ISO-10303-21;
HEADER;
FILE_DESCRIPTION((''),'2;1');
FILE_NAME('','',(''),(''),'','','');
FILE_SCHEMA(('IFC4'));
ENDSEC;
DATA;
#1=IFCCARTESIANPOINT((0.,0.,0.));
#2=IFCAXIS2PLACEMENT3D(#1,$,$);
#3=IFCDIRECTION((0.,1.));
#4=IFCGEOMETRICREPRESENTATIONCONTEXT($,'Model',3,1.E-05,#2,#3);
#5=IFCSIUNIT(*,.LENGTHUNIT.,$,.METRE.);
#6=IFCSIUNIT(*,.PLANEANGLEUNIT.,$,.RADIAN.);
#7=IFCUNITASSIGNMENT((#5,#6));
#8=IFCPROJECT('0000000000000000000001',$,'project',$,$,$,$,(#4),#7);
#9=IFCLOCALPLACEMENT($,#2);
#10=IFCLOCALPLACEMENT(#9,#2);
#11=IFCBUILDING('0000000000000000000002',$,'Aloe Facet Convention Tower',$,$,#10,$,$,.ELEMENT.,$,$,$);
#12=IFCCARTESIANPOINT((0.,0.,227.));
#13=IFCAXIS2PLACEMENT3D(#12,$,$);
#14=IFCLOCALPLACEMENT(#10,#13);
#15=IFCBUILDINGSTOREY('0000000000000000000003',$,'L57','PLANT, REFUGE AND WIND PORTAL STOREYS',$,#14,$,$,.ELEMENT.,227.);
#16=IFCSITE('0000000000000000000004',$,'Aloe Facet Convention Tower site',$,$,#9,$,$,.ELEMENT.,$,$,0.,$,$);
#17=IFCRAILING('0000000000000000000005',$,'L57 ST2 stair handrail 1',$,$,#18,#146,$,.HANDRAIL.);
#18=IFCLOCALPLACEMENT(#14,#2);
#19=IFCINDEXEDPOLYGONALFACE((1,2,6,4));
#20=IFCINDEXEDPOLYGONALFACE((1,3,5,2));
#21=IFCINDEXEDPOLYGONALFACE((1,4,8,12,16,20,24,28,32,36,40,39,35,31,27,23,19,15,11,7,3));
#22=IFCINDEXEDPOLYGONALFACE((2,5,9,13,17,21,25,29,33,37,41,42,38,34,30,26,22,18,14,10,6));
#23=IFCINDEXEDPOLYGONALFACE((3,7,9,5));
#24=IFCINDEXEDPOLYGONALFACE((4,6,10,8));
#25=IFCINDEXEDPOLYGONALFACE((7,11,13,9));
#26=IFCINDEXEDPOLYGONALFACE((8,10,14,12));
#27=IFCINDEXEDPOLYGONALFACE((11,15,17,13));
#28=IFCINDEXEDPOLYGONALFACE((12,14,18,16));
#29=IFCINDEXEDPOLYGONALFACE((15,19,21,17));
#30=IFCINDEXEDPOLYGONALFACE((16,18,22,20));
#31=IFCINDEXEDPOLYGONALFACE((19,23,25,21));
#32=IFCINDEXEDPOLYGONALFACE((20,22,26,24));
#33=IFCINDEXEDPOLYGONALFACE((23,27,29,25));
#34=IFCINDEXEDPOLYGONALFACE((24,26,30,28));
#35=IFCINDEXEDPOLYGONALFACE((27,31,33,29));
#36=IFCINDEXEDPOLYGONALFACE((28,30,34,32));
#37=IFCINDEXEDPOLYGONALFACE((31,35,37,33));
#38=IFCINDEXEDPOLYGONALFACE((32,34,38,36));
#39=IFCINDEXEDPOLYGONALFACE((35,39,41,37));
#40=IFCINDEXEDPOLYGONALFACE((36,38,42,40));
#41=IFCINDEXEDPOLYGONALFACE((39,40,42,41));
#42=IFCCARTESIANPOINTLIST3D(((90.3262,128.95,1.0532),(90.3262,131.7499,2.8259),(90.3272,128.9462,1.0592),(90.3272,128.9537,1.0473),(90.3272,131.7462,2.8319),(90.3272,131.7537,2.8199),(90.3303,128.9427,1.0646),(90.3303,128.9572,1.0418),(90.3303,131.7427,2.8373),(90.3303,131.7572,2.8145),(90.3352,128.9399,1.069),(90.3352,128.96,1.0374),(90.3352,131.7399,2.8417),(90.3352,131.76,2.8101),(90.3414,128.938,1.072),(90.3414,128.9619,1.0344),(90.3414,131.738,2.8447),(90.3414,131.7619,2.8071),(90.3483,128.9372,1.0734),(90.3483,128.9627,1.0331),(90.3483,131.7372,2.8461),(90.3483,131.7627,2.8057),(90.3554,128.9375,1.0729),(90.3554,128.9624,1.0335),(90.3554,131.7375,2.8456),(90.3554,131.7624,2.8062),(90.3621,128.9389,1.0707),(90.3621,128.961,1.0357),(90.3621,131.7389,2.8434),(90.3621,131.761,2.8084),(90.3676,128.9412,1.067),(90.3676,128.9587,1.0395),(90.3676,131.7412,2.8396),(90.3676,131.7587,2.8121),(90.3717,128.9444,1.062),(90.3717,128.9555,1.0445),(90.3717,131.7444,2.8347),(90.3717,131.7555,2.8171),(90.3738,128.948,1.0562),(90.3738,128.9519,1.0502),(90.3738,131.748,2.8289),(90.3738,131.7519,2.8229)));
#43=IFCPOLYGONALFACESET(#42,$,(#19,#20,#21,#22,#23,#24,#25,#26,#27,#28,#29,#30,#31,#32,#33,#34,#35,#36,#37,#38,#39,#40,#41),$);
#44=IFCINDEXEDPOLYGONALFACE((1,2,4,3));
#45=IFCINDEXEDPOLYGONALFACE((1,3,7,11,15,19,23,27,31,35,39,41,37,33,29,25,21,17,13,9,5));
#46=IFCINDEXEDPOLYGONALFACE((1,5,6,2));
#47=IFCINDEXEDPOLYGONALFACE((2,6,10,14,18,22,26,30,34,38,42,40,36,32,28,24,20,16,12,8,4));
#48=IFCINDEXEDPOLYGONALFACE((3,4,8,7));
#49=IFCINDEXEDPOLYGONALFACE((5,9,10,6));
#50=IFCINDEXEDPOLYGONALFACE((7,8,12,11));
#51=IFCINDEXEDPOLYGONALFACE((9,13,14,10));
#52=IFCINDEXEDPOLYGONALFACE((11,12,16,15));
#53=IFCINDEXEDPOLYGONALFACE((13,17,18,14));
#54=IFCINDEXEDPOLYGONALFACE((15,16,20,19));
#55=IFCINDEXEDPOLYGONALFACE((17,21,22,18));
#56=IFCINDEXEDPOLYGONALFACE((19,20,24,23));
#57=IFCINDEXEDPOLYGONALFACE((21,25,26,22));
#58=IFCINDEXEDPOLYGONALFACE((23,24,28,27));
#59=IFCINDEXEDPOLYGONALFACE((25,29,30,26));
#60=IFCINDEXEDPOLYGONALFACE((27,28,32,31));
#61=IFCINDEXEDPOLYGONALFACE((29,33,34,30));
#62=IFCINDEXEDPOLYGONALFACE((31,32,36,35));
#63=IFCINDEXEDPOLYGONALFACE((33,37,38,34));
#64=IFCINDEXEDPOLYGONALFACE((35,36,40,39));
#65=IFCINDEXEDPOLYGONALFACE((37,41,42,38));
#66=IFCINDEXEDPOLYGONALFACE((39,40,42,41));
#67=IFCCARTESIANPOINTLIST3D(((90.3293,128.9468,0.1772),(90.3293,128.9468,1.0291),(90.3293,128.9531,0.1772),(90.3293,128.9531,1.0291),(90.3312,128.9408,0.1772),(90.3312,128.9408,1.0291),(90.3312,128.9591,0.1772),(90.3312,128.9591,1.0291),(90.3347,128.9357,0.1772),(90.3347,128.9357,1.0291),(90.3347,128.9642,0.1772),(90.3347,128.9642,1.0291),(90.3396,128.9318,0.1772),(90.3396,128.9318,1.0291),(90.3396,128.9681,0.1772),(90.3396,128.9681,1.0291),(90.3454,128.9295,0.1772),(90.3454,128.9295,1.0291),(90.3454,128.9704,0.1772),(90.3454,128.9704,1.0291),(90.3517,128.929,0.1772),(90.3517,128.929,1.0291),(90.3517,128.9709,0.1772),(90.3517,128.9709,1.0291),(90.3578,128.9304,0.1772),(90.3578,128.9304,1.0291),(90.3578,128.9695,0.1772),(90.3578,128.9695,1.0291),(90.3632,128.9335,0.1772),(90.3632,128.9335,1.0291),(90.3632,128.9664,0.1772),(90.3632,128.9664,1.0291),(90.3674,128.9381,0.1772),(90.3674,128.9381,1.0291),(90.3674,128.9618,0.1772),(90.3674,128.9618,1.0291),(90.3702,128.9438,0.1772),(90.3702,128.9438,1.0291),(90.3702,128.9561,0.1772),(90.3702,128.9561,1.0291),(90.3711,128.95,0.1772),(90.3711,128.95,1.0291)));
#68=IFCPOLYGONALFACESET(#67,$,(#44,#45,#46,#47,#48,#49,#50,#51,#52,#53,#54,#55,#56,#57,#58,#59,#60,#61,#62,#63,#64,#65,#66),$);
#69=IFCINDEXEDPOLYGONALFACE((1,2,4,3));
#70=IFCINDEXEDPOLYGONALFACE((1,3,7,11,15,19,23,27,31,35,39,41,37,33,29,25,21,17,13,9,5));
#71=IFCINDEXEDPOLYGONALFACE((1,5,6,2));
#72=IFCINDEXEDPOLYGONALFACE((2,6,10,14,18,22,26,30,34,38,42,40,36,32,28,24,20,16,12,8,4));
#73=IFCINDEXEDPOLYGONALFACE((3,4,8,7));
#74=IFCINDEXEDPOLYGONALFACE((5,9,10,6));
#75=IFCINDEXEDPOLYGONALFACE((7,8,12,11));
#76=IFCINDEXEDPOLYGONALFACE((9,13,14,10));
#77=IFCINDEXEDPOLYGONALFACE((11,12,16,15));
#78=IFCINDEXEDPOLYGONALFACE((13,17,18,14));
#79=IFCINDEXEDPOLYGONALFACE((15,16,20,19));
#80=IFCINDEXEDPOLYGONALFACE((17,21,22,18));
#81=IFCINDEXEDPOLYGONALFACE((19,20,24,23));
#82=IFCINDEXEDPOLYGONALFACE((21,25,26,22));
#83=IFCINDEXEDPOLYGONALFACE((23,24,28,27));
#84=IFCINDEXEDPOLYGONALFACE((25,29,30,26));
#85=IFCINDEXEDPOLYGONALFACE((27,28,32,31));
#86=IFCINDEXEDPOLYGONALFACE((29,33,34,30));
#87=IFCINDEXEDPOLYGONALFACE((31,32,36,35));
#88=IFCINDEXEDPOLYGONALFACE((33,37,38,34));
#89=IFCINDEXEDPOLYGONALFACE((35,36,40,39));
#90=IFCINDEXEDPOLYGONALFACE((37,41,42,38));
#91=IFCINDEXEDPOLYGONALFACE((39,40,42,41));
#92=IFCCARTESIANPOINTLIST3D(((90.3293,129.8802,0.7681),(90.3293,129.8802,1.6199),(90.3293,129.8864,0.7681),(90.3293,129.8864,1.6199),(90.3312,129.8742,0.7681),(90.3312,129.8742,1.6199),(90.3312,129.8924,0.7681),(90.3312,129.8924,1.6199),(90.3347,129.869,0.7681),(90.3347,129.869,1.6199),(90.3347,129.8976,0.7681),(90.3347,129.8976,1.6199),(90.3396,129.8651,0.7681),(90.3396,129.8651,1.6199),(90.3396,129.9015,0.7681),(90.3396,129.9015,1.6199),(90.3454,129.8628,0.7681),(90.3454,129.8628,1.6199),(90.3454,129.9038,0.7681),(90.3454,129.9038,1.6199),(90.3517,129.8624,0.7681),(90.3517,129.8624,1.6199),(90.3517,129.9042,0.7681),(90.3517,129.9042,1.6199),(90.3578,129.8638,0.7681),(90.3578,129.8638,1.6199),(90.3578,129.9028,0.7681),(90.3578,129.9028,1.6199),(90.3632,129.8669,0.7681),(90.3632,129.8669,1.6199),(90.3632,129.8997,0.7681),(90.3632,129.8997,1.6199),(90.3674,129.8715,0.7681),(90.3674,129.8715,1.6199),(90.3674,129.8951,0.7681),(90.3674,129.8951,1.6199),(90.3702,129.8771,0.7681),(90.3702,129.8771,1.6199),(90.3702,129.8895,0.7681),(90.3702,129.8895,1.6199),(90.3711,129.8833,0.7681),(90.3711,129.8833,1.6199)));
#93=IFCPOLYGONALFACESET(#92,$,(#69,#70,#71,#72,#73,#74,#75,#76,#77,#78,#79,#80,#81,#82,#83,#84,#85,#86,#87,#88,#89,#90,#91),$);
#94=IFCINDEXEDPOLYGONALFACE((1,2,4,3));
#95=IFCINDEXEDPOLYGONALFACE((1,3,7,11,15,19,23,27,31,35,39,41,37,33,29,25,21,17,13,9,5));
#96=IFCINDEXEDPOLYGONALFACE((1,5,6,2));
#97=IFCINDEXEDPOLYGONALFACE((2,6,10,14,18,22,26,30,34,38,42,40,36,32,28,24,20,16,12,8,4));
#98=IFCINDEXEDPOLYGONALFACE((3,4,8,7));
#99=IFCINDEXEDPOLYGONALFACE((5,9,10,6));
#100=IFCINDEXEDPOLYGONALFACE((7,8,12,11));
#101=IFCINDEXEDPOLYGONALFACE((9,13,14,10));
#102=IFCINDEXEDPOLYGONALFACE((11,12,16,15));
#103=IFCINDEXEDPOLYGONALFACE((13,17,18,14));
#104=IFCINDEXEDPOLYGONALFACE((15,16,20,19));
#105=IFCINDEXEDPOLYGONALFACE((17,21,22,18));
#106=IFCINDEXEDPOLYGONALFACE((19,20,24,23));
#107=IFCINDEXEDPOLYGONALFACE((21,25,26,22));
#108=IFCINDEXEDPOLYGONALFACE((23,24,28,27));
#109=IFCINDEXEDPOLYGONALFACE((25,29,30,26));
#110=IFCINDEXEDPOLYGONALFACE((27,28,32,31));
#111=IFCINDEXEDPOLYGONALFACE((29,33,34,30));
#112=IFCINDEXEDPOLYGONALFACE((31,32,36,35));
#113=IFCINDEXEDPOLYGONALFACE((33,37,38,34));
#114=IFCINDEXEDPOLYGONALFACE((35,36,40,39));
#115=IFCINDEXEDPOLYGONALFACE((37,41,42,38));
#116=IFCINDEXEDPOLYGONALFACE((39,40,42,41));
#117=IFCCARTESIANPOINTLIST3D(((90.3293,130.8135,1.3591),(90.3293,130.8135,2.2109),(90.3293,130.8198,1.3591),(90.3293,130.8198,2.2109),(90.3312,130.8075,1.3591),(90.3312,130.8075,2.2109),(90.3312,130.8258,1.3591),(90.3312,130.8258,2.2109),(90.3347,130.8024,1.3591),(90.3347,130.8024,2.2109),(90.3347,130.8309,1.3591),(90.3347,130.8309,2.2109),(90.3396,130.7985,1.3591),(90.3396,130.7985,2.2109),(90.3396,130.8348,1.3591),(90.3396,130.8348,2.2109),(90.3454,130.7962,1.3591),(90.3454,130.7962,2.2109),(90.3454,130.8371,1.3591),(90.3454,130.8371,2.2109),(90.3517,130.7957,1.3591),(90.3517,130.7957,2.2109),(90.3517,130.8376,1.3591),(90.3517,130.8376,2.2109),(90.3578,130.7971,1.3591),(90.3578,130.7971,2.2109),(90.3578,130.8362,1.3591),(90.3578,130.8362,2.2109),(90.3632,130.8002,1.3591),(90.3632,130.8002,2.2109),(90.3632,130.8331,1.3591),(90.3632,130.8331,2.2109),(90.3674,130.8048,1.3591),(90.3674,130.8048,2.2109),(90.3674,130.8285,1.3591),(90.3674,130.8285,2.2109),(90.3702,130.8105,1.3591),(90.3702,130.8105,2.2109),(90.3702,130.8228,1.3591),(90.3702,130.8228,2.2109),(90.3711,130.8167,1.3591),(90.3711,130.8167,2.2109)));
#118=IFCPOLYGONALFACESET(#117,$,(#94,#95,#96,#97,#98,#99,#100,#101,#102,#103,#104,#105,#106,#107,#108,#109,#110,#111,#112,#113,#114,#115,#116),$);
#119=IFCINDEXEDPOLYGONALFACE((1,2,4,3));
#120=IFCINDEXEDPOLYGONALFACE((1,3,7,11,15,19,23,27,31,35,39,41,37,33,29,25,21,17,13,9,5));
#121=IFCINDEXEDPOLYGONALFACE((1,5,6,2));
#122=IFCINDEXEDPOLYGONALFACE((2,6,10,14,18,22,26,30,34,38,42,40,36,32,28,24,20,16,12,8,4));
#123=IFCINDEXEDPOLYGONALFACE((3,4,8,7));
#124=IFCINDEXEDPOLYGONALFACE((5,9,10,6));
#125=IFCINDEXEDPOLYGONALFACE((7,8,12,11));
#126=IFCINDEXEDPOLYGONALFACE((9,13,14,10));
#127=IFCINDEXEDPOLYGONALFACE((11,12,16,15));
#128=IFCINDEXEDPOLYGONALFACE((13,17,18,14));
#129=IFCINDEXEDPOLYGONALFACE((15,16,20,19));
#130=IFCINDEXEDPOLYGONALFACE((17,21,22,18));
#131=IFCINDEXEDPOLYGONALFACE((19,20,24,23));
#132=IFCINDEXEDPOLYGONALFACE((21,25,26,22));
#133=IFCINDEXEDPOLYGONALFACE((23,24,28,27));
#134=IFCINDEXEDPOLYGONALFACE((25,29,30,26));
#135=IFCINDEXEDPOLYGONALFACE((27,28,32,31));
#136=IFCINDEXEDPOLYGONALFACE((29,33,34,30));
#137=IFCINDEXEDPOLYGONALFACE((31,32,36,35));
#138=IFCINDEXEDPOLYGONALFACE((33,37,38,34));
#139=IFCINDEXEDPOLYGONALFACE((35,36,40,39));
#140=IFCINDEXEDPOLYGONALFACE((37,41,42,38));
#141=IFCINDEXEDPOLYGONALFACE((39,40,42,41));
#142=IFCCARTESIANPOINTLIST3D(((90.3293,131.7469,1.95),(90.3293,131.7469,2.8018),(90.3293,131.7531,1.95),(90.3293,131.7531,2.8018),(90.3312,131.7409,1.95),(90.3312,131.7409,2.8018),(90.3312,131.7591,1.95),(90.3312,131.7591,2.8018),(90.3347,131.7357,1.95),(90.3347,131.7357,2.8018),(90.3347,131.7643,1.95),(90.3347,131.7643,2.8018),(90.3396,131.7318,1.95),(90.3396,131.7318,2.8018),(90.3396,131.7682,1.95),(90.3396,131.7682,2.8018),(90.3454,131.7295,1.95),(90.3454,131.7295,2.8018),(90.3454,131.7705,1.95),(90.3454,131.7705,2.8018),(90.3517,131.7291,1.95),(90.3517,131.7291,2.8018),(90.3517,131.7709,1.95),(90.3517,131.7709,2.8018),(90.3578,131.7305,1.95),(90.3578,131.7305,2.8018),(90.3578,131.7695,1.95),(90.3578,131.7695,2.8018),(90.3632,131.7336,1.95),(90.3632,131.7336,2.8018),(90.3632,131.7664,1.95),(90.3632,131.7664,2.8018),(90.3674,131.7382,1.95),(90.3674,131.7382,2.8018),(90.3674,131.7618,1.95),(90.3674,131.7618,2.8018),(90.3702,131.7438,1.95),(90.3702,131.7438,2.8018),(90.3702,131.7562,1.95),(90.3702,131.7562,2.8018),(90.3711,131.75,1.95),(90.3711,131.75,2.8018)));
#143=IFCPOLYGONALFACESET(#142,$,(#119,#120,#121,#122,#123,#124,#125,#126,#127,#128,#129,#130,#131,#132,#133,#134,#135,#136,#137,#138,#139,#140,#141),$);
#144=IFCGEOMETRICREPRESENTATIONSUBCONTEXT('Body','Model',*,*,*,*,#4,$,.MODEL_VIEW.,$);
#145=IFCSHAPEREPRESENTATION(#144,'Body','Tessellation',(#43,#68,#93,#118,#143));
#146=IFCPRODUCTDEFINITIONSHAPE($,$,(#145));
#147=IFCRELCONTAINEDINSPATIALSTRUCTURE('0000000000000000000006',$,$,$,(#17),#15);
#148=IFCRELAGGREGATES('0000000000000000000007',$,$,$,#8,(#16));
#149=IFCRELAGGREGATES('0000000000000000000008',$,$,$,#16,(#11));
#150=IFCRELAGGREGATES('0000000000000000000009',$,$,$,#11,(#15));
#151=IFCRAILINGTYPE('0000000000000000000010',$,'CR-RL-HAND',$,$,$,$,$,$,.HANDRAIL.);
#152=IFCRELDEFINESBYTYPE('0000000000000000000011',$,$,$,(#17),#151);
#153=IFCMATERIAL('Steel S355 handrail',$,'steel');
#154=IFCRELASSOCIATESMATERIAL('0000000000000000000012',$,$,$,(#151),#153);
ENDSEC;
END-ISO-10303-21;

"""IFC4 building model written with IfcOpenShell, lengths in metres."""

from ifc_helpers import new_model, si_unit, direction, frame, origin, origin_2d, place, context, subcontext, project, spatial, circle, extrude, material, type_object, element, save


model = new_model("IFC4")

# Units and contexts
model_context = context("Model", 3, precision=1e-05, world=origin(), true_north=direction((0.0, 1.0)))
body_context = subcontext(model_context, "Body", "Model", "MODEL_VIEW")
ifc_project = project(units=[si_unit("LENGTHUNIT", "METRE"), si_unit("PLANEANGLEUNIT", "RADIAN")], contexts=[model_context])

# Site, building, storey
site_placement = place(None, origin())
site = spatial("IfcSite", under=ifc_project, at=site_placement, Name="Aloe Facet Convention Tower site", CompositionType="ELEMENT", RefElevation=0.0)
building_placement = place(site_placement, origin())
building = spatial("IfcBuilding", under=site, at=building_placement, Name="Aloe Facet Convention Tower", CompositionType="ELEMENT")
storey_placement = place(building_placement, frame((0.0, 0.0, 227.0)))
storey = spatial("IfcBuildingStorey", under=building, at=storey_placement, Name="L57", Description="PLANT, REFUGE AND WIND PORTAL STOREYS", CompositionType="ELEMENT", Elevation=227.0)

# Railing
ifc_material_1 = material(Name="Steel S355 handrail", Category="steel")
railing_type_1 = type_object("IfcRailingType", Name="CR-RL-HAND", PredefinedType="HANDRAIL", material=ifc_material_1)
for number, where, name in (
    (1, (90.3501, 128.95, 0.1772), "L57 ST2 stair handrail 1"),
):
    element("IfcRailing", number, at=place(storey_placement, frame(where)), inside=storey, type_object=railing_type_1, Name=name, PredefinedType="HANDRAIL", context=body_context, shape_type="SweptSolid", body=[
        extrude(circle(Radius=0.0239, at=origin_2d()), frame((0.0, 0.0, 0.876), z_axis=(0.0, 0.844909, 0.53491), x_axis=(-1.0, 0.0, 0.0)), (0.0, 0.0, 1.0), 3.314),
        extrude(circle(Radius=0.021, at=origin_2d()), origin(), (0.0, 0.0, 1.0), 0.8518),
        extrude(circle(Radius=0.021, at=origin_2d()), frame((0.0, 0.9333, 0.5908)), (0.0, 0.0, 1.0), 0.8518),
        extrude(circle(Radius=0.021, at=origin_2d()), frame((0.0, 1.8667, 1.1819)), (0.0, 0.0, 1.0), 0.8518),
        extrude(circle(Radius=0.021, at=origin_2d()), frame((0.0, 2.8, 1.7727)), (0.0, 0.0, 1.0), 0.8518),
    ])

save(model, "model.ifc")
